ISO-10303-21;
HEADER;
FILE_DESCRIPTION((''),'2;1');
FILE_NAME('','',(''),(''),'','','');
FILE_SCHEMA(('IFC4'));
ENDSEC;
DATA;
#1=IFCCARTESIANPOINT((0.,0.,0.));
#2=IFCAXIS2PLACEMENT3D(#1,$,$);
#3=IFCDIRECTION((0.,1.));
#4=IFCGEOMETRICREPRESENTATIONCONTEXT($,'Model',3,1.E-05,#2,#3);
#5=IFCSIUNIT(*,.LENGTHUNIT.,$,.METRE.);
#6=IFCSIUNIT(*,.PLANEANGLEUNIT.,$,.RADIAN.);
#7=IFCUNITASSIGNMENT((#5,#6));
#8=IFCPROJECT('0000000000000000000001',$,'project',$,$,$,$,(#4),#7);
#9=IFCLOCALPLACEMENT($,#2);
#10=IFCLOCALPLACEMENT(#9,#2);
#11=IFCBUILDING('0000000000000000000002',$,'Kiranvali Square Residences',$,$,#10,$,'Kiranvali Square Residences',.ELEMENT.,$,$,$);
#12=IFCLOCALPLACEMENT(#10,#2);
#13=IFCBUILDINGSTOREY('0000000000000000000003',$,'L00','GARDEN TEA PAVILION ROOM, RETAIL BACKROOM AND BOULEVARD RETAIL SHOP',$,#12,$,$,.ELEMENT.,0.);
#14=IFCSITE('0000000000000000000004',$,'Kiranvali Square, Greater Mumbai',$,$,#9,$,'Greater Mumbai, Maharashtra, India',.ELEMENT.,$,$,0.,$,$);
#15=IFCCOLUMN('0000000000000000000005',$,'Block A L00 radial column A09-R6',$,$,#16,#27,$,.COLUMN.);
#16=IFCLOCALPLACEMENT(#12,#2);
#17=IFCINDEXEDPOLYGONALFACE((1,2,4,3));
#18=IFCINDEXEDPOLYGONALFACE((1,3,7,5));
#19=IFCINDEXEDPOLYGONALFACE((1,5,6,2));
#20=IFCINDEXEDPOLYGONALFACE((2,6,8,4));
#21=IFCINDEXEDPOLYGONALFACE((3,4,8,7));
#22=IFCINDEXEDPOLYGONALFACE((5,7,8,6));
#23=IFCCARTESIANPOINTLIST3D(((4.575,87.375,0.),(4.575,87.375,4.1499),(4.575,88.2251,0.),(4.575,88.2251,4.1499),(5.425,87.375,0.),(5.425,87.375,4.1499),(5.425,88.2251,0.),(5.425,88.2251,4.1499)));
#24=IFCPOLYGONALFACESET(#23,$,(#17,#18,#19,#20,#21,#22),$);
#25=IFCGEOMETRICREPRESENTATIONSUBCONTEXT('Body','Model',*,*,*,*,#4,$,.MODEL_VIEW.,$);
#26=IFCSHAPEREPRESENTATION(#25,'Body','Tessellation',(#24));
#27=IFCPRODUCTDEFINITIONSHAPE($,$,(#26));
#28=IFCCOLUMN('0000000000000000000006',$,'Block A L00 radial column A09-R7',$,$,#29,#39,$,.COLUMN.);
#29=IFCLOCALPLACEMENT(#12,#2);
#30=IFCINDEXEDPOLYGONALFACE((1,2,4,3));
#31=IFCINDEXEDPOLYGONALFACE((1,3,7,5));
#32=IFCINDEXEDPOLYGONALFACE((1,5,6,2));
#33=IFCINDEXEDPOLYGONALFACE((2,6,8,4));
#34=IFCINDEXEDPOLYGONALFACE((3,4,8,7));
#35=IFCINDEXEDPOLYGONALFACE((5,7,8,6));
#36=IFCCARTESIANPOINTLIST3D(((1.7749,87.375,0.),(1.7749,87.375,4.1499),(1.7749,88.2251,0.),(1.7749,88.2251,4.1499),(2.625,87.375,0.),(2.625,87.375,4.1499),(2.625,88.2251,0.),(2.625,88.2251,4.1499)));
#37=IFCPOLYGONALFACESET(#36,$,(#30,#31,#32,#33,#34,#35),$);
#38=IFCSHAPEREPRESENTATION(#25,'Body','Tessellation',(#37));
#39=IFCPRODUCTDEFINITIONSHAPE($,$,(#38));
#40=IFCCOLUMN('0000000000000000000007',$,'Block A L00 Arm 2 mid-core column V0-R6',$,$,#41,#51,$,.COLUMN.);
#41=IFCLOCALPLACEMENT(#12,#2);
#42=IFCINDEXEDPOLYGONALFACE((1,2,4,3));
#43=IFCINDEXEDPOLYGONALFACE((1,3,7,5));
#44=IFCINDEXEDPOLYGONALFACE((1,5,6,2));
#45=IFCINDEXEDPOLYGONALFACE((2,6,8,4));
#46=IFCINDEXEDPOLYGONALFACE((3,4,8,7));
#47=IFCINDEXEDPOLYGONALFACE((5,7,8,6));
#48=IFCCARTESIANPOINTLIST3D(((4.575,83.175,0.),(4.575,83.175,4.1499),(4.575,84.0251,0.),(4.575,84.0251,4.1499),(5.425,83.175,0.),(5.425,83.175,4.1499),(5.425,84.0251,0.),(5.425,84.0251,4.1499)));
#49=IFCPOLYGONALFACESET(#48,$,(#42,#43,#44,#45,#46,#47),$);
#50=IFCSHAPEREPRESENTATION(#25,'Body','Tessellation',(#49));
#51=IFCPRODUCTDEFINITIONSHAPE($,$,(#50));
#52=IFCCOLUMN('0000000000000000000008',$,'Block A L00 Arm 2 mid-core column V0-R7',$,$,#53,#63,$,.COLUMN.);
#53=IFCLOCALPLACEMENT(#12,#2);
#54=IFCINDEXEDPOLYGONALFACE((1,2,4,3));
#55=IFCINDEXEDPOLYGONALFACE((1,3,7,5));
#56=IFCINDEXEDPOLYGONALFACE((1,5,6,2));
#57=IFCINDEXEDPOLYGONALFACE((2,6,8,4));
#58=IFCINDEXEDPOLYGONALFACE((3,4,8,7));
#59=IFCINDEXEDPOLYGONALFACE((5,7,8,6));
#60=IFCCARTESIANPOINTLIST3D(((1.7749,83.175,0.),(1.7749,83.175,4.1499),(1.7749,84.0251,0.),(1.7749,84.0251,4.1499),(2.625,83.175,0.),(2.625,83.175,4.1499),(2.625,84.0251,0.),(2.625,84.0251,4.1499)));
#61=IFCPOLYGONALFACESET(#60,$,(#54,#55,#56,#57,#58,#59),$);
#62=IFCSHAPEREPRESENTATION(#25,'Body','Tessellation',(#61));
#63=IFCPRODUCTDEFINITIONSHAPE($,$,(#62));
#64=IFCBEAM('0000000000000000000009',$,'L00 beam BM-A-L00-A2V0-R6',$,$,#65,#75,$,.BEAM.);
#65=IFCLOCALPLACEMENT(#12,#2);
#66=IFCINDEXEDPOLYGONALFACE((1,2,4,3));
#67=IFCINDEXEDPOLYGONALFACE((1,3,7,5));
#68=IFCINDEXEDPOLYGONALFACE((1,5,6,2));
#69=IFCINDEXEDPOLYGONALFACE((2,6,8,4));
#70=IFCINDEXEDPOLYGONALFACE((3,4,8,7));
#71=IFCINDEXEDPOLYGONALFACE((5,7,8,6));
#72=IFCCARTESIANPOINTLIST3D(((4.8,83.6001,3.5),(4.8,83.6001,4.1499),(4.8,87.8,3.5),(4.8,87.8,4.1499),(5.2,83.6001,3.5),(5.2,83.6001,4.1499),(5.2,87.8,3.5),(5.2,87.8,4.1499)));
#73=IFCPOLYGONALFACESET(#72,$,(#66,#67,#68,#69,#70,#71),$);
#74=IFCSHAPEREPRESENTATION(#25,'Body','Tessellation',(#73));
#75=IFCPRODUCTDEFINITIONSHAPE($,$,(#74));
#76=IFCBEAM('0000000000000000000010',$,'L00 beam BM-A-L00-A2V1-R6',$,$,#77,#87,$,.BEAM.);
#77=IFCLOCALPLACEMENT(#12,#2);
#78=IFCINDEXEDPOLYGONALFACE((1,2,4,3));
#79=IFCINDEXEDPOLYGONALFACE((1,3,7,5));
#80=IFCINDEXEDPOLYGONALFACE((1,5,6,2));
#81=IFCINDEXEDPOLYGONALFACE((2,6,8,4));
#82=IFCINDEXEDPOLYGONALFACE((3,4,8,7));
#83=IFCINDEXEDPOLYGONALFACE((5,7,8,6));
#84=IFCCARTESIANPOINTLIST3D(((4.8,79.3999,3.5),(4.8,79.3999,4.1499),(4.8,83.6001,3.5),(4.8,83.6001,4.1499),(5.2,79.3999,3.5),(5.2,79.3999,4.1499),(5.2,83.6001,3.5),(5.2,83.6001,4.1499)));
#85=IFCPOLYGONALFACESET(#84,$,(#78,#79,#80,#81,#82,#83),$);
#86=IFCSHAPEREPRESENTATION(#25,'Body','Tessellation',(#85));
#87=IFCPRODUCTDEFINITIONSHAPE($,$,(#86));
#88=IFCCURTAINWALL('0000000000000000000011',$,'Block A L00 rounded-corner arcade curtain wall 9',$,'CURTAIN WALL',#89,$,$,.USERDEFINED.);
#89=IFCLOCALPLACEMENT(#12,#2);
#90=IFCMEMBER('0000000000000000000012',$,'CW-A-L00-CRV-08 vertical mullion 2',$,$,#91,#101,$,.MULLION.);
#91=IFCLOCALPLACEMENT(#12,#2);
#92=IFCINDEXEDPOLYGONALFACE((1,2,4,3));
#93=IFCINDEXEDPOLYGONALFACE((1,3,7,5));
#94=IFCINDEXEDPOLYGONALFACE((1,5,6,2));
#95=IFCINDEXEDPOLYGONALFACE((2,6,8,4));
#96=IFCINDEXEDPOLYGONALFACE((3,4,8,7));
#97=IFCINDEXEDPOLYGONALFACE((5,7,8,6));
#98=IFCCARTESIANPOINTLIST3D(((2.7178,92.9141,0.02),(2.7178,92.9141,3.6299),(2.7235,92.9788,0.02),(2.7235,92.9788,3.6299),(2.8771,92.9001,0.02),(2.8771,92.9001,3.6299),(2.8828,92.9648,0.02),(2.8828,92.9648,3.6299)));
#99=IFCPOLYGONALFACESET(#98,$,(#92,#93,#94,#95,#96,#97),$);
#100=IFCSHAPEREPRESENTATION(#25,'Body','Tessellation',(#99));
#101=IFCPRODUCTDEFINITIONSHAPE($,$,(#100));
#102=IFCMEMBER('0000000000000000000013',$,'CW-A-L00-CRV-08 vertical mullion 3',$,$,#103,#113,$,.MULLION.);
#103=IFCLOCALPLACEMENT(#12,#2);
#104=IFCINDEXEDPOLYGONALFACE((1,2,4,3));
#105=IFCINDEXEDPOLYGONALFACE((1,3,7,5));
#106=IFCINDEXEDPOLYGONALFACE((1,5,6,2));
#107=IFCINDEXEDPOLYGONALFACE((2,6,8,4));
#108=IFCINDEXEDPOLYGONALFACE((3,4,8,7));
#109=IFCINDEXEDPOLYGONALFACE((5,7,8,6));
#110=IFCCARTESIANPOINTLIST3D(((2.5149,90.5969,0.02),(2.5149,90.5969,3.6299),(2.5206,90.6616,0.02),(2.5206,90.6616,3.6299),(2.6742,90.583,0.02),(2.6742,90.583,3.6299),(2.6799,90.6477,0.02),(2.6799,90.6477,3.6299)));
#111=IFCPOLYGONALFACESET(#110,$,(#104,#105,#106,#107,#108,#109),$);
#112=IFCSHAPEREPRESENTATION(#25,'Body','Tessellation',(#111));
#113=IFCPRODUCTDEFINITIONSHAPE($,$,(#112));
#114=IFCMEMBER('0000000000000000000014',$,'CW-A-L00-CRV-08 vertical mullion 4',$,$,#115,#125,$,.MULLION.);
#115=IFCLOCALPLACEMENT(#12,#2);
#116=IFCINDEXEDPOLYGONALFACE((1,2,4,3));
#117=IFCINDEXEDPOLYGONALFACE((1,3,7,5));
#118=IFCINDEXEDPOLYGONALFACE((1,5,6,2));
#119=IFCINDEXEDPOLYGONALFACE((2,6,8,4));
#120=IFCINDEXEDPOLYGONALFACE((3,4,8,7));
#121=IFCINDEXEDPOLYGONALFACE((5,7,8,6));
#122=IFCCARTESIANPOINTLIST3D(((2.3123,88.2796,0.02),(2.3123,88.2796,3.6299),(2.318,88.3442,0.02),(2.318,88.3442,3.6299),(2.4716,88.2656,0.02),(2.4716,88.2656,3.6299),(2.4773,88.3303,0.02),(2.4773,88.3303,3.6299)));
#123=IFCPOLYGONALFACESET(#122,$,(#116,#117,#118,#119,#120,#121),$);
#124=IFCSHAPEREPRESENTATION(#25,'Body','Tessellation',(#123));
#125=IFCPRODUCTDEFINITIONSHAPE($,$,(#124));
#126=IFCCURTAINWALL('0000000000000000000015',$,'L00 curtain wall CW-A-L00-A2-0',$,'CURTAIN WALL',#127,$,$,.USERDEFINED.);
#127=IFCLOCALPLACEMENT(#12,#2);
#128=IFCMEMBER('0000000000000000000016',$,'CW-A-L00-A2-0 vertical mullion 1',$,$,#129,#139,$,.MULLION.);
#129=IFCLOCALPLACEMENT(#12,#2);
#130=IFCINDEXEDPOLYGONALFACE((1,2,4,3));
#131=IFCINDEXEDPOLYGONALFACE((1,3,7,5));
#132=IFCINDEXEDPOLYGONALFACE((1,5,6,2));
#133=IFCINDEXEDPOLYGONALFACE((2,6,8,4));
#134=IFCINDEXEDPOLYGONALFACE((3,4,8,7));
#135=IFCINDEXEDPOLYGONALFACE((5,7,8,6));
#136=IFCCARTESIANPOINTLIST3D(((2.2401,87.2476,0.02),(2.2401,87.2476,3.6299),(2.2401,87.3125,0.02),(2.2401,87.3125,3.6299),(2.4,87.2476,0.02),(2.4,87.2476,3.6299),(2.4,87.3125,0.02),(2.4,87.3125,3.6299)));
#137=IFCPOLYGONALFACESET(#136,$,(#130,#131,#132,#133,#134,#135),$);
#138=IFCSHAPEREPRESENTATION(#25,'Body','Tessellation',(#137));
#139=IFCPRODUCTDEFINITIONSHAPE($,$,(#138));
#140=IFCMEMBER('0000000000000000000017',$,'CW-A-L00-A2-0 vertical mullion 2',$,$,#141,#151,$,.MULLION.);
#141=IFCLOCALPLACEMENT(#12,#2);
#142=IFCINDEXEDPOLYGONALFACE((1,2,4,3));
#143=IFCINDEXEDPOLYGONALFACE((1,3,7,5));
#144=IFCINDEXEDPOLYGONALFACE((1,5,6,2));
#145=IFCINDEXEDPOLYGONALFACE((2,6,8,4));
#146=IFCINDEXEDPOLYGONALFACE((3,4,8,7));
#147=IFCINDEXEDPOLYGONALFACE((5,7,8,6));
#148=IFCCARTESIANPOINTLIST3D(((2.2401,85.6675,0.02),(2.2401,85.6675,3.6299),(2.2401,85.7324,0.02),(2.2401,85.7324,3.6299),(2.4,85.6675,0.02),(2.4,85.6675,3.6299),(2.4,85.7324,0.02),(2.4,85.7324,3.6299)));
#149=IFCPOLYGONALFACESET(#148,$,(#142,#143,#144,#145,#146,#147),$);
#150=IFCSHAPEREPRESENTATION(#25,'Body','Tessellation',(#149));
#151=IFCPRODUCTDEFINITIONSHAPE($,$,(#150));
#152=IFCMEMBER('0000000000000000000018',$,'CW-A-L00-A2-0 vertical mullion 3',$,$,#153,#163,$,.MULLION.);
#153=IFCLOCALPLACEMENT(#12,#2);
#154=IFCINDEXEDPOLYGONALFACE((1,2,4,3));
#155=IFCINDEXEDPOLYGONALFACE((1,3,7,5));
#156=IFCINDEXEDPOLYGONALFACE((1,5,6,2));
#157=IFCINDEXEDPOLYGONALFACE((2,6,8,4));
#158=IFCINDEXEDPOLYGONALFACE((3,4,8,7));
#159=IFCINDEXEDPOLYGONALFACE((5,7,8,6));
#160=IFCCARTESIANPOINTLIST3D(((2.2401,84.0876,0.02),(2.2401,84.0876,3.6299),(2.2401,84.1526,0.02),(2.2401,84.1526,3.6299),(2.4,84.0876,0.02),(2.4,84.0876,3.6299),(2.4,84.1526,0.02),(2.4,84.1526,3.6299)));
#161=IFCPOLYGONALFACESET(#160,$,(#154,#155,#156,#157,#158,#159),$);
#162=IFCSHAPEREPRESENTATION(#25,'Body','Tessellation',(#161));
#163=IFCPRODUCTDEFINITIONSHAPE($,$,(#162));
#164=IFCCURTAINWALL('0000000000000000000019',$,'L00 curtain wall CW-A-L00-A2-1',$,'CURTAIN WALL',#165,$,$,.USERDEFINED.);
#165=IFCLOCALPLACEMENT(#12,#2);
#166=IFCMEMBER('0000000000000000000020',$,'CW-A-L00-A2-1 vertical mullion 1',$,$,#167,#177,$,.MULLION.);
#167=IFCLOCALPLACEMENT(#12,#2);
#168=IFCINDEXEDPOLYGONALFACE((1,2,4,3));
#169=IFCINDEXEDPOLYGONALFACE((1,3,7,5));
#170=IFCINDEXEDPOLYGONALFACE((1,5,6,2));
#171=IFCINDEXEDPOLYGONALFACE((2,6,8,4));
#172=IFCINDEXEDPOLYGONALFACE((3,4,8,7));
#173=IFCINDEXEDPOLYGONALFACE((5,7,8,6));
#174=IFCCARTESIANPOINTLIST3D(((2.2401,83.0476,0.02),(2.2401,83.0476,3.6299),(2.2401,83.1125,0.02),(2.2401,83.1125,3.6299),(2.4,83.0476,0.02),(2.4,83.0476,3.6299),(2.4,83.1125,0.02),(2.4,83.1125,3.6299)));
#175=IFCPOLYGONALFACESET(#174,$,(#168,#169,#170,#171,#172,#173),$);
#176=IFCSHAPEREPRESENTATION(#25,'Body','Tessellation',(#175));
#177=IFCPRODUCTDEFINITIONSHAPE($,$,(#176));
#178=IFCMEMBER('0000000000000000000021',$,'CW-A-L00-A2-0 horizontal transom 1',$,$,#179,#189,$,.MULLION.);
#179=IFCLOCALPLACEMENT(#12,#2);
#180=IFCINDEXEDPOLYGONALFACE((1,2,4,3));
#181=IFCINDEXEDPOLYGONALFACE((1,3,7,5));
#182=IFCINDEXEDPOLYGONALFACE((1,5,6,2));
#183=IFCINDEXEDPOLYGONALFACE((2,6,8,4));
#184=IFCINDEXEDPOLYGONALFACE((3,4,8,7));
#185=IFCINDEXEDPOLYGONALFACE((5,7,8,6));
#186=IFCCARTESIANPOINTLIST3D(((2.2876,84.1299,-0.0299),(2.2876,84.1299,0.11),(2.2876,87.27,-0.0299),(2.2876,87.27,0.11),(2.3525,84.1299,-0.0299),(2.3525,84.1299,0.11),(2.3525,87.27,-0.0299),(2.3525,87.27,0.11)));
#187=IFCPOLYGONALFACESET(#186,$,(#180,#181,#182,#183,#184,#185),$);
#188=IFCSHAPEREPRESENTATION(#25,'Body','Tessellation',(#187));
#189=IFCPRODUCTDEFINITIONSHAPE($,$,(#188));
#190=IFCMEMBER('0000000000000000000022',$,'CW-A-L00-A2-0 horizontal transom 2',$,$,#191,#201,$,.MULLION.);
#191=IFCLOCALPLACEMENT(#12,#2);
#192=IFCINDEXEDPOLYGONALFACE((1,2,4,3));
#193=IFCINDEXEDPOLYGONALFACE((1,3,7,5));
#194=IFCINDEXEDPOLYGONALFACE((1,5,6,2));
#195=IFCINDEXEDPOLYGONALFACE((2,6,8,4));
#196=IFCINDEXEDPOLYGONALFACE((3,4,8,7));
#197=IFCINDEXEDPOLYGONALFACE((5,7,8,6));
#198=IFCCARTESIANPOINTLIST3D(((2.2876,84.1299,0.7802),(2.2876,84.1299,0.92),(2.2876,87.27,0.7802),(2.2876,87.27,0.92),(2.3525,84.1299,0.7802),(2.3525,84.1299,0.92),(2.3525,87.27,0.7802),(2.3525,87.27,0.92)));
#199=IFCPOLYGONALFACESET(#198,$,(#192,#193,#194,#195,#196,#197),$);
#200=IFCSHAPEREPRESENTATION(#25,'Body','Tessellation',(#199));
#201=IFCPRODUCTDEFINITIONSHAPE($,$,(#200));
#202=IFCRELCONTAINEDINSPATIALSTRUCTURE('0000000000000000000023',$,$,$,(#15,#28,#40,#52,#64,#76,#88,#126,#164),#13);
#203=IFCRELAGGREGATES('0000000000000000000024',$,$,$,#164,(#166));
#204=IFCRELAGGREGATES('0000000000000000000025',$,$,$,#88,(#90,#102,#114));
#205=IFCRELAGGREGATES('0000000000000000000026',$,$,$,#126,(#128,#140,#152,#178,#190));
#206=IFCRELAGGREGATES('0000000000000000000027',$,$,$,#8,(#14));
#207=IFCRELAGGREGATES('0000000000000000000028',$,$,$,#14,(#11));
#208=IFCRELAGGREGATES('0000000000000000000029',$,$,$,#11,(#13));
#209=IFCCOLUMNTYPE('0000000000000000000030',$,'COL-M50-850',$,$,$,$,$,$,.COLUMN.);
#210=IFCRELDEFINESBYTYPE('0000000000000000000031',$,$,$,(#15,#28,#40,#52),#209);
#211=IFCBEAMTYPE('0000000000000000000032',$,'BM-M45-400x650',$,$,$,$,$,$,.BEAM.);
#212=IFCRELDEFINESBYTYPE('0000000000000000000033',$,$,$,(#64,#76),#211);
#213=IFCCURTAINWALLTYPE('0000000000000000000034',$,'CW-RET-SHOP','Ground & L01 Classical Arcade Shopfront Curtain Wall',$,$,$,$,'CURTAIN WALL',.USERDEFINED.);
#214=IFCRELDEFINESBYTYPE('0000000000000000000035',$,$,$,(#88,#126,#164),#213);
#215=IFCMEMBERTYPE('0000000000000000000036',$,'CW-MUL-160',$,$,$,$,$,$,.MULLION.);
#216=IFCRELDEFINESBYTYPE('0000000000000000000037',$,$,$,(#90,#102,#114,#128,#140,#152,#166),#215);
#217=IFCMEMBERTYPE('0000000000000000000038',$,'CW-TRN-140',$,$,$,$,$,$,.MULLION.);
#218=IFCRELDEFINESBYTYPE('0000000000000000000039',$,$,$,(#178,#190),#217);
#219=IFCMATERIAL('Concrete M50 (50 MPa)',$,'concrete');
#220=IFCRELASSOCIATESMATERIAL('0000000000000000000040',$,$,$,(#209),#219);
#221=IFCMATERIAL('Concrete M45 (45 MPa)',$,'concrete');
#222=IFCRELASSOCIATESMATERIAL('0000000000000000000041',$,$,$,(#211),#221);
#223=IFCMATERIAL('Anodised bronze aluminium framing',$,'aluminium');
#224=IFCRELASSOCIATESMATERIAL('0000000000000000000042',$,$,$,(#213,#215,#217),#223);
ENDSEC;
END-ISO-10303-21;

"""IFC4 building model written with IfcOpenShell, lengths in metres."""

from ifc_helpers import new_model, si_unit, direction, frame, origin, origin_2d, place, context, subcontext, project, spatial, rectangle, extrude, material, material_profile, profile_set, type_object, element, aggregate, save


model = new_model("IFC4")

# Units and contexts
model_context = context("Model", 3, precision=1e-05, world=origin(), true_north=direction((0.0, 1.0)))
body_context = subcontext(model_context, "Body", "Model", "MODEL_VIEW")
ifc_project = project(units=[si_unit("LENGTHUNIT", "METRE"), si_unit("PLANEANGLEUNIT", "RADIAN")], contexts=[model_context])

# Site, building, storey
site_placement = place(None, origin())
site = spatial("IfcSite", under=ifc_project, at=site_placement, Name="Kiranvali Square, Greater Mumbai", LongName="Greater Mumbai, Maharashtra, India", CompositionType="ELEMENT", RefElevation=0.0)
building_placement = place(site_placement, origin())
building = spatial("IfcBuilding", under=site, at=building_placement, Name="Kiranvali Square Residences", LongName="Kiranvali Square Residences", CompositionType="ELEMENT")
storey_placement = place(building_placement, origin())
storey = spatial("IfcBuildingStorey", under=building, at=storey_placement, Name="L00", Description="GARDEN TEA PAVILION ROOM, RETAIL BACKROOM AND BOULEVARD RETAIL SHOP", CompositionType="ELEMENT", Elevation=0.0)

# Columns
ifc_material_1 = material(Name="Concrete M50 (50 MPa)", Category="concrete")
ifc_material_profile_1 = material_profile(ifc_material_1, rectangle(XDim=0.8501, YDim=0.8501, at=origin_2d()), Name="RC 850x850")
ifc_profile_set_1 = profile_set([ifc_material_profile_1], Name="Concrete M50 (50 MPa)")
column_type = type_object("IfcColumnType", Name="COL-M50-850", PredefinedType="COLUMN", material=ifc_profile_set_1)
for number, where, z_axis, x_axis, name in (
    (1, (5.0, 87.8, 0.0), (0.0, 0.0, 1.0), (0.0, 1.0, 0.0), "Block A L00 radial column A09-R6"),
    (2, (2.2, 87.8, 0.0), (0.0, 0.0, 1.0), (0.0, 1.0, 0.0), "Block A L00 radial column A09-R7"),
    (3, (5.0, 83.6001, 0.0), (0.0, 0.0, 1.0), (1.0, 0.0, 0.0), "Block A L00 Arm 2 mid-core column V0-R6"),
    (4, (2.2, 83.6001, 0.0), (0.0, 0.0, 1.0), (1.0, 0.0, 0.0), "Block A L00 Arm 2 mid-core column V0-R7"),
):
    element("IfcColumn", number, at=place(storey_placement, frame(where, z_axis=z_axis, x_axis=x_axis)), inside=storey, type_object=column_type, Name=name, PredefinedType="COLUMN", context=body_context, shape_type="SweptSolid", body=[
        extrude(rectangle(XDim=0.8501, YDim=0.8501, at=origin_2d()), origin(), (0.0, 0.0, 1.0), 4.1499),
    ])

# Beams
ifc_material_2 = material(Name="Concrete M45 (45 MPa)", Category="concrete")
ifc_material_profile_2 = material_profile(ifc_material_2, rectangle(XDim=0.3999, YDim=0.6499, at=origin_2d()), Name="RC 400x650")
ifc_profile_set_2 = profile_set([ifc_material_profile_2], Name="Concrete M45 (45 MPa)")
beam_type_1 = type_object("IfcBeamType", Name="BM-M45-400x650", PredefinedType="BEAM", material=ifc_profile_set_2)
beam_1_placement = place(storey_placement, frame((5.0, 87.8, 3.825), z_axis=(0.0, -1.0, 0.0), x_axis=(1.0, 0.0, 0.0)))
element("IfcBeam", 5, at=beam_1_placement, inside=storey, type_object=beam_type_1, Name="L00 beam BM-A-L00-A2V0-R6", PredefinedType="BEAM", context=body_context, shape_type="SweptSolid", body=[
    extrude(rectangle(XDim=0.3999, YDim=0.6499, at=origin_2d()), origin(), (0.0, 0.0, 1.0), 4.2),
])
beam_2_placement = place(storey_placement, frame((5.0, 83.6001, 3.825), z_axis=(0.0, -1.0, 0.0), x_axis=(1.0, 0.0, 0.0)))
element("IfcBeam", 6, at=beam_2_placement, inside=storey, type_object=beam_type_1, Name="L00 beam BM-A-L00-A2V1-R6", PredefinedType="BEAM", context=body_context, shape_type="SweptSolid", body=[
    extrude(rectangle(XDim=0.3999, YDim=0.6499, at=origin_2d()), origin(), (0.0, 0.0, 1.0), 4.2002),
])

# Curtain walls, members
ifc_material_3 = material(Name="Anodised bronze aluminium framing", Category="aluminium")
curtain_wall_type = type_object("IfcCurtainWallType", Name="CW-RET-SHOP", Description="Ground & L01 Classical Arcade Shopfront Curtain Wall", ElementType="CURTAIN WALL", PredefinedType="USERDEFINED", material=ifc_material_3)
curtain_wall_1_placement = place(storey_placement, origin())
curtain_wall_1 = element("IfcCurtainWall", 7, at=curtain_wall_1_placement, inside=storey, type_object=curtain_wall_type, Name="Block A L00 rounded-corner arcade curtain wall 9", ObjectType="CURTAIN WALL", PredefinedType="USERDEFINED")
ifc_material_profile_3 = material_profile(ifc_material_3, rectangle(XDim=0.0649, YDim=0.1599, at=origin_2d()), Name="ALU 65x160")
ifc_profile_set_3 = profile_set([ifc_material_profile_3], Name="Anodised bronze aluminium framing")
member_type_1 = type_object("IfcMemberType", Name="CW-MUL-160", PredefinedType="MULLION", material=ifc_profile_set_3)
member_1_placement = place(storey_placement, frame((2.8003, 92.9395, 0.02), z_axis=(0.0, 0.0, 1.0), x_axis=(-0.087156, -0.996195, 0.0)))
member_1 = element("IfcMember", 8, at=member_1_placement, type_object=member_type_1, Name="CW-A-L00-CRV-08 vertical mullion 2", PredefinedType="MULLION", context=body_context, shape_type="SweptSolid", body=[
    extrude(rectangle(XDim=0.0649, YDim=0.1599, at=origin_2d()), origin(), (0.0, 0.0, 1.0), 3.6099),
])
member_2_placement = place(storey_placement, frame((2.5974, 90.6223, 0.02), z_axis=(0.0, 0.0, 1.0), x_axis=(-0.087156, -0.996195, 0.0)))
member_2 = element("IfcMember", 9, at=member_2_placement, type_object=member_type_1, Name="CW-A-L00-CRV-08 vertical mullion 3", PredefinedType="MULLION", context=body_context, shape_type="SweptSolid", body=[
    extrude(rectangle(XDim=0.0649, YDim=0.1599, at=origin_2d()), origin(), (0.0, 0.0, 1.0), 3.6099),
])
member_3_placement = place(storey_placement, frame((2.3948, 88.3049, 0.02), z_axis=(0.0, 0.0, 1.0), x_axis=(-0.087156, -0.996195, 0.0)))
member_3 = element("IfcMember", 10, at=member_3_placement, type_object=member_type_1, Name="CW-A-L00-CRV-08 vertical mullion 4", PredefinedType="MULLION", context=body_context, shape_type="SweptSolid", body=[
    extrude(rectangle(XDim=0.0649, YDim=0.1599, at=origin_2d()), origin(), (0.0, 0.0, 1.0), 3.6099),
])
curtain_wall_2_placement = place(storey_placement, origin())
curtain_wall_2 = element("IfcCurtainWall", 11, at=curtain_wall_2_placement, inside=storey, type_object=curtain_wall_type, Name="L00 curtain wall CW-A-L00-A2-0", ObjectType="CURTAIN WALL", PredefinedType="USERDEFINED")
member_4_placement = place(storey_placement, frame((2.3201, 87.28, 0.02), z_axis=(0.0, 0.0, 1.0), x_axis=(0.0, -1.0, 0.0)))
member_4 = element("IfcMember", 12, at=member_4_placement, type_object=member_type_1, Name="CW-A-L00-A2-0 vertical mullion 1", PredefinedType="MULLION", context=body_context, shape_type="SweptSolid", body=[
    extrude(rectangle(XDim=0.0649, YDim=0.1599, at=origin_2d()), origin(), (0.0, 0.0, 1.0), 3.6099),
])
member_5_placement = place(storey_placement, frame((2.3201, 85.7, 0.02), z_axis=(0.0, 0.0, 1.0), x_axis=(0.0, -1.0, 0.0)))
member_5 = element("IfcMember", 13, at=member_5_placement, type_object=member_type_1, Name="CW-A-L00-A2-0 vertical mullion 2", PredefinedType="MULLION", context=body_context, shape_type="SweptSolid", body=[
    extrude(rectangle(XDim=0.0649, YDim=0.1599, at=origin_2d()), origin(), (0.0, 0.0, 1.0), 3.6099),
])
member_6_placement = place(storey_placement, frame((2.3201, 84.1201, 0.02), z_axis=(0.0, 0.0, 1.0), x_axis=(0.0, -1.0, 0.0)))
member_6 = element("IfcMember", 14, at=member_6_placement, type_object=member_type_1, Name="CW-A-L00-A2-0 vertical mullion 3", PredefinedType="MULLION", context=body_context, shape_type="SweptSolid", body=[
    extrude(rectangle(XDim=0.0649, YDim=0.1599, at=origin_2d()), origin(), (0.0, 0.0, 1.0), 3.6099),
])

# Curtain wall, member
curtain_wall_3_placement = place(storey_placement, origin())
curtain_wall_3 = element("IfcCurtainWall", 15, at=curtain_wall_3_placement, inside=storey, type_object=curtain_wall_type, Name="L00 curtain wall CW-A-L00-A2-1", ObjectType="CURTAIN WALL", PredefinedType="USERDEFINED")
member_7_placement = place(storey_placement, frame((2.3201, 83.0801, 0.02), z_axis=(0.0, 0.0, 1.0), x_axis=(0.0, -1.0, 0.0)))
member_7 = element("IfcMember", 16, at=member_7_placement, type_object=member_type_1, Name="CW-A-L00-A2-1 vertical mullion 1", PredefinedType="MULLION", context=body_context, shape_type="SweptSolid", body=[
    extrude(rectangle(XDim=0.0649, YDim=0.1599, at=origin_2d()), origin(), (0.0, 0.0, 1.0), 3.6099),
])

# Members
ifc_material_profile_4 = material_profile(ifc_material_3, rectangle(XDim=0.0649, YDim=0.1399, at=origin_2d()), Name="ALU 65x140")
ifc_profile_set_4 = profile_set([ifc_material_profile_4], Name="Anodised bronze aluminium framing")
member_type_2 = type_object("IfcMemberType", Name="CW-TRN-140", PredefinedType="MULLION", material=ifc_profile_set_4)
member_8_placement = place(storey_placement, frame((2.3201, 87.27, 0.04), z_axis=(0.0, -1.0, 0.0), x_axis=(1.0, 0.0, 0.0)))
member_8 = element("IfcMember", 17, at=member_8_placement, type_object=member_type_2, Name="CW-A-L00-A2-0 horizontal transom 1", PredefinedType="MULLION", context=body_context, shape_type="SweptSolid", body=[
    extrude(rectangle(XDim=0.0649, YDim=0.1399, at=origin_2d()), origin(), (0.0, 0.0, 1.0), 3.1401),
])
member_9_placement = place(storey_placement, frame((2.3201, 87.27, 0.8501), z_axis=(0.0, -1.0, 0.0), x_axis=(1.0, 0.0, 0.0)))
member_9 = element("IfcMember", 18, at=member_9_placement, type_object=member_type_2, Name="CW-A-L00-A2-0 horizontal transom 2", PredefinedType="MULLION", context=body_context, shape_type="SweptSolid", body=[
    extrude(rectangle(XDim=0.0649, YDim=0.1399, at=origin_2d()), origin(), (0.0, 0.0, 1.0), 3.1401),
])
aggregate(curtain_wall_3, [member_7])

aggregate(curtain_wall_1, [member_1, member_2, member_3])
aggregate(curtain_wall_2, [member_4, member_5, member_6, member_8, member_9])

save(model, "model.ifc")
